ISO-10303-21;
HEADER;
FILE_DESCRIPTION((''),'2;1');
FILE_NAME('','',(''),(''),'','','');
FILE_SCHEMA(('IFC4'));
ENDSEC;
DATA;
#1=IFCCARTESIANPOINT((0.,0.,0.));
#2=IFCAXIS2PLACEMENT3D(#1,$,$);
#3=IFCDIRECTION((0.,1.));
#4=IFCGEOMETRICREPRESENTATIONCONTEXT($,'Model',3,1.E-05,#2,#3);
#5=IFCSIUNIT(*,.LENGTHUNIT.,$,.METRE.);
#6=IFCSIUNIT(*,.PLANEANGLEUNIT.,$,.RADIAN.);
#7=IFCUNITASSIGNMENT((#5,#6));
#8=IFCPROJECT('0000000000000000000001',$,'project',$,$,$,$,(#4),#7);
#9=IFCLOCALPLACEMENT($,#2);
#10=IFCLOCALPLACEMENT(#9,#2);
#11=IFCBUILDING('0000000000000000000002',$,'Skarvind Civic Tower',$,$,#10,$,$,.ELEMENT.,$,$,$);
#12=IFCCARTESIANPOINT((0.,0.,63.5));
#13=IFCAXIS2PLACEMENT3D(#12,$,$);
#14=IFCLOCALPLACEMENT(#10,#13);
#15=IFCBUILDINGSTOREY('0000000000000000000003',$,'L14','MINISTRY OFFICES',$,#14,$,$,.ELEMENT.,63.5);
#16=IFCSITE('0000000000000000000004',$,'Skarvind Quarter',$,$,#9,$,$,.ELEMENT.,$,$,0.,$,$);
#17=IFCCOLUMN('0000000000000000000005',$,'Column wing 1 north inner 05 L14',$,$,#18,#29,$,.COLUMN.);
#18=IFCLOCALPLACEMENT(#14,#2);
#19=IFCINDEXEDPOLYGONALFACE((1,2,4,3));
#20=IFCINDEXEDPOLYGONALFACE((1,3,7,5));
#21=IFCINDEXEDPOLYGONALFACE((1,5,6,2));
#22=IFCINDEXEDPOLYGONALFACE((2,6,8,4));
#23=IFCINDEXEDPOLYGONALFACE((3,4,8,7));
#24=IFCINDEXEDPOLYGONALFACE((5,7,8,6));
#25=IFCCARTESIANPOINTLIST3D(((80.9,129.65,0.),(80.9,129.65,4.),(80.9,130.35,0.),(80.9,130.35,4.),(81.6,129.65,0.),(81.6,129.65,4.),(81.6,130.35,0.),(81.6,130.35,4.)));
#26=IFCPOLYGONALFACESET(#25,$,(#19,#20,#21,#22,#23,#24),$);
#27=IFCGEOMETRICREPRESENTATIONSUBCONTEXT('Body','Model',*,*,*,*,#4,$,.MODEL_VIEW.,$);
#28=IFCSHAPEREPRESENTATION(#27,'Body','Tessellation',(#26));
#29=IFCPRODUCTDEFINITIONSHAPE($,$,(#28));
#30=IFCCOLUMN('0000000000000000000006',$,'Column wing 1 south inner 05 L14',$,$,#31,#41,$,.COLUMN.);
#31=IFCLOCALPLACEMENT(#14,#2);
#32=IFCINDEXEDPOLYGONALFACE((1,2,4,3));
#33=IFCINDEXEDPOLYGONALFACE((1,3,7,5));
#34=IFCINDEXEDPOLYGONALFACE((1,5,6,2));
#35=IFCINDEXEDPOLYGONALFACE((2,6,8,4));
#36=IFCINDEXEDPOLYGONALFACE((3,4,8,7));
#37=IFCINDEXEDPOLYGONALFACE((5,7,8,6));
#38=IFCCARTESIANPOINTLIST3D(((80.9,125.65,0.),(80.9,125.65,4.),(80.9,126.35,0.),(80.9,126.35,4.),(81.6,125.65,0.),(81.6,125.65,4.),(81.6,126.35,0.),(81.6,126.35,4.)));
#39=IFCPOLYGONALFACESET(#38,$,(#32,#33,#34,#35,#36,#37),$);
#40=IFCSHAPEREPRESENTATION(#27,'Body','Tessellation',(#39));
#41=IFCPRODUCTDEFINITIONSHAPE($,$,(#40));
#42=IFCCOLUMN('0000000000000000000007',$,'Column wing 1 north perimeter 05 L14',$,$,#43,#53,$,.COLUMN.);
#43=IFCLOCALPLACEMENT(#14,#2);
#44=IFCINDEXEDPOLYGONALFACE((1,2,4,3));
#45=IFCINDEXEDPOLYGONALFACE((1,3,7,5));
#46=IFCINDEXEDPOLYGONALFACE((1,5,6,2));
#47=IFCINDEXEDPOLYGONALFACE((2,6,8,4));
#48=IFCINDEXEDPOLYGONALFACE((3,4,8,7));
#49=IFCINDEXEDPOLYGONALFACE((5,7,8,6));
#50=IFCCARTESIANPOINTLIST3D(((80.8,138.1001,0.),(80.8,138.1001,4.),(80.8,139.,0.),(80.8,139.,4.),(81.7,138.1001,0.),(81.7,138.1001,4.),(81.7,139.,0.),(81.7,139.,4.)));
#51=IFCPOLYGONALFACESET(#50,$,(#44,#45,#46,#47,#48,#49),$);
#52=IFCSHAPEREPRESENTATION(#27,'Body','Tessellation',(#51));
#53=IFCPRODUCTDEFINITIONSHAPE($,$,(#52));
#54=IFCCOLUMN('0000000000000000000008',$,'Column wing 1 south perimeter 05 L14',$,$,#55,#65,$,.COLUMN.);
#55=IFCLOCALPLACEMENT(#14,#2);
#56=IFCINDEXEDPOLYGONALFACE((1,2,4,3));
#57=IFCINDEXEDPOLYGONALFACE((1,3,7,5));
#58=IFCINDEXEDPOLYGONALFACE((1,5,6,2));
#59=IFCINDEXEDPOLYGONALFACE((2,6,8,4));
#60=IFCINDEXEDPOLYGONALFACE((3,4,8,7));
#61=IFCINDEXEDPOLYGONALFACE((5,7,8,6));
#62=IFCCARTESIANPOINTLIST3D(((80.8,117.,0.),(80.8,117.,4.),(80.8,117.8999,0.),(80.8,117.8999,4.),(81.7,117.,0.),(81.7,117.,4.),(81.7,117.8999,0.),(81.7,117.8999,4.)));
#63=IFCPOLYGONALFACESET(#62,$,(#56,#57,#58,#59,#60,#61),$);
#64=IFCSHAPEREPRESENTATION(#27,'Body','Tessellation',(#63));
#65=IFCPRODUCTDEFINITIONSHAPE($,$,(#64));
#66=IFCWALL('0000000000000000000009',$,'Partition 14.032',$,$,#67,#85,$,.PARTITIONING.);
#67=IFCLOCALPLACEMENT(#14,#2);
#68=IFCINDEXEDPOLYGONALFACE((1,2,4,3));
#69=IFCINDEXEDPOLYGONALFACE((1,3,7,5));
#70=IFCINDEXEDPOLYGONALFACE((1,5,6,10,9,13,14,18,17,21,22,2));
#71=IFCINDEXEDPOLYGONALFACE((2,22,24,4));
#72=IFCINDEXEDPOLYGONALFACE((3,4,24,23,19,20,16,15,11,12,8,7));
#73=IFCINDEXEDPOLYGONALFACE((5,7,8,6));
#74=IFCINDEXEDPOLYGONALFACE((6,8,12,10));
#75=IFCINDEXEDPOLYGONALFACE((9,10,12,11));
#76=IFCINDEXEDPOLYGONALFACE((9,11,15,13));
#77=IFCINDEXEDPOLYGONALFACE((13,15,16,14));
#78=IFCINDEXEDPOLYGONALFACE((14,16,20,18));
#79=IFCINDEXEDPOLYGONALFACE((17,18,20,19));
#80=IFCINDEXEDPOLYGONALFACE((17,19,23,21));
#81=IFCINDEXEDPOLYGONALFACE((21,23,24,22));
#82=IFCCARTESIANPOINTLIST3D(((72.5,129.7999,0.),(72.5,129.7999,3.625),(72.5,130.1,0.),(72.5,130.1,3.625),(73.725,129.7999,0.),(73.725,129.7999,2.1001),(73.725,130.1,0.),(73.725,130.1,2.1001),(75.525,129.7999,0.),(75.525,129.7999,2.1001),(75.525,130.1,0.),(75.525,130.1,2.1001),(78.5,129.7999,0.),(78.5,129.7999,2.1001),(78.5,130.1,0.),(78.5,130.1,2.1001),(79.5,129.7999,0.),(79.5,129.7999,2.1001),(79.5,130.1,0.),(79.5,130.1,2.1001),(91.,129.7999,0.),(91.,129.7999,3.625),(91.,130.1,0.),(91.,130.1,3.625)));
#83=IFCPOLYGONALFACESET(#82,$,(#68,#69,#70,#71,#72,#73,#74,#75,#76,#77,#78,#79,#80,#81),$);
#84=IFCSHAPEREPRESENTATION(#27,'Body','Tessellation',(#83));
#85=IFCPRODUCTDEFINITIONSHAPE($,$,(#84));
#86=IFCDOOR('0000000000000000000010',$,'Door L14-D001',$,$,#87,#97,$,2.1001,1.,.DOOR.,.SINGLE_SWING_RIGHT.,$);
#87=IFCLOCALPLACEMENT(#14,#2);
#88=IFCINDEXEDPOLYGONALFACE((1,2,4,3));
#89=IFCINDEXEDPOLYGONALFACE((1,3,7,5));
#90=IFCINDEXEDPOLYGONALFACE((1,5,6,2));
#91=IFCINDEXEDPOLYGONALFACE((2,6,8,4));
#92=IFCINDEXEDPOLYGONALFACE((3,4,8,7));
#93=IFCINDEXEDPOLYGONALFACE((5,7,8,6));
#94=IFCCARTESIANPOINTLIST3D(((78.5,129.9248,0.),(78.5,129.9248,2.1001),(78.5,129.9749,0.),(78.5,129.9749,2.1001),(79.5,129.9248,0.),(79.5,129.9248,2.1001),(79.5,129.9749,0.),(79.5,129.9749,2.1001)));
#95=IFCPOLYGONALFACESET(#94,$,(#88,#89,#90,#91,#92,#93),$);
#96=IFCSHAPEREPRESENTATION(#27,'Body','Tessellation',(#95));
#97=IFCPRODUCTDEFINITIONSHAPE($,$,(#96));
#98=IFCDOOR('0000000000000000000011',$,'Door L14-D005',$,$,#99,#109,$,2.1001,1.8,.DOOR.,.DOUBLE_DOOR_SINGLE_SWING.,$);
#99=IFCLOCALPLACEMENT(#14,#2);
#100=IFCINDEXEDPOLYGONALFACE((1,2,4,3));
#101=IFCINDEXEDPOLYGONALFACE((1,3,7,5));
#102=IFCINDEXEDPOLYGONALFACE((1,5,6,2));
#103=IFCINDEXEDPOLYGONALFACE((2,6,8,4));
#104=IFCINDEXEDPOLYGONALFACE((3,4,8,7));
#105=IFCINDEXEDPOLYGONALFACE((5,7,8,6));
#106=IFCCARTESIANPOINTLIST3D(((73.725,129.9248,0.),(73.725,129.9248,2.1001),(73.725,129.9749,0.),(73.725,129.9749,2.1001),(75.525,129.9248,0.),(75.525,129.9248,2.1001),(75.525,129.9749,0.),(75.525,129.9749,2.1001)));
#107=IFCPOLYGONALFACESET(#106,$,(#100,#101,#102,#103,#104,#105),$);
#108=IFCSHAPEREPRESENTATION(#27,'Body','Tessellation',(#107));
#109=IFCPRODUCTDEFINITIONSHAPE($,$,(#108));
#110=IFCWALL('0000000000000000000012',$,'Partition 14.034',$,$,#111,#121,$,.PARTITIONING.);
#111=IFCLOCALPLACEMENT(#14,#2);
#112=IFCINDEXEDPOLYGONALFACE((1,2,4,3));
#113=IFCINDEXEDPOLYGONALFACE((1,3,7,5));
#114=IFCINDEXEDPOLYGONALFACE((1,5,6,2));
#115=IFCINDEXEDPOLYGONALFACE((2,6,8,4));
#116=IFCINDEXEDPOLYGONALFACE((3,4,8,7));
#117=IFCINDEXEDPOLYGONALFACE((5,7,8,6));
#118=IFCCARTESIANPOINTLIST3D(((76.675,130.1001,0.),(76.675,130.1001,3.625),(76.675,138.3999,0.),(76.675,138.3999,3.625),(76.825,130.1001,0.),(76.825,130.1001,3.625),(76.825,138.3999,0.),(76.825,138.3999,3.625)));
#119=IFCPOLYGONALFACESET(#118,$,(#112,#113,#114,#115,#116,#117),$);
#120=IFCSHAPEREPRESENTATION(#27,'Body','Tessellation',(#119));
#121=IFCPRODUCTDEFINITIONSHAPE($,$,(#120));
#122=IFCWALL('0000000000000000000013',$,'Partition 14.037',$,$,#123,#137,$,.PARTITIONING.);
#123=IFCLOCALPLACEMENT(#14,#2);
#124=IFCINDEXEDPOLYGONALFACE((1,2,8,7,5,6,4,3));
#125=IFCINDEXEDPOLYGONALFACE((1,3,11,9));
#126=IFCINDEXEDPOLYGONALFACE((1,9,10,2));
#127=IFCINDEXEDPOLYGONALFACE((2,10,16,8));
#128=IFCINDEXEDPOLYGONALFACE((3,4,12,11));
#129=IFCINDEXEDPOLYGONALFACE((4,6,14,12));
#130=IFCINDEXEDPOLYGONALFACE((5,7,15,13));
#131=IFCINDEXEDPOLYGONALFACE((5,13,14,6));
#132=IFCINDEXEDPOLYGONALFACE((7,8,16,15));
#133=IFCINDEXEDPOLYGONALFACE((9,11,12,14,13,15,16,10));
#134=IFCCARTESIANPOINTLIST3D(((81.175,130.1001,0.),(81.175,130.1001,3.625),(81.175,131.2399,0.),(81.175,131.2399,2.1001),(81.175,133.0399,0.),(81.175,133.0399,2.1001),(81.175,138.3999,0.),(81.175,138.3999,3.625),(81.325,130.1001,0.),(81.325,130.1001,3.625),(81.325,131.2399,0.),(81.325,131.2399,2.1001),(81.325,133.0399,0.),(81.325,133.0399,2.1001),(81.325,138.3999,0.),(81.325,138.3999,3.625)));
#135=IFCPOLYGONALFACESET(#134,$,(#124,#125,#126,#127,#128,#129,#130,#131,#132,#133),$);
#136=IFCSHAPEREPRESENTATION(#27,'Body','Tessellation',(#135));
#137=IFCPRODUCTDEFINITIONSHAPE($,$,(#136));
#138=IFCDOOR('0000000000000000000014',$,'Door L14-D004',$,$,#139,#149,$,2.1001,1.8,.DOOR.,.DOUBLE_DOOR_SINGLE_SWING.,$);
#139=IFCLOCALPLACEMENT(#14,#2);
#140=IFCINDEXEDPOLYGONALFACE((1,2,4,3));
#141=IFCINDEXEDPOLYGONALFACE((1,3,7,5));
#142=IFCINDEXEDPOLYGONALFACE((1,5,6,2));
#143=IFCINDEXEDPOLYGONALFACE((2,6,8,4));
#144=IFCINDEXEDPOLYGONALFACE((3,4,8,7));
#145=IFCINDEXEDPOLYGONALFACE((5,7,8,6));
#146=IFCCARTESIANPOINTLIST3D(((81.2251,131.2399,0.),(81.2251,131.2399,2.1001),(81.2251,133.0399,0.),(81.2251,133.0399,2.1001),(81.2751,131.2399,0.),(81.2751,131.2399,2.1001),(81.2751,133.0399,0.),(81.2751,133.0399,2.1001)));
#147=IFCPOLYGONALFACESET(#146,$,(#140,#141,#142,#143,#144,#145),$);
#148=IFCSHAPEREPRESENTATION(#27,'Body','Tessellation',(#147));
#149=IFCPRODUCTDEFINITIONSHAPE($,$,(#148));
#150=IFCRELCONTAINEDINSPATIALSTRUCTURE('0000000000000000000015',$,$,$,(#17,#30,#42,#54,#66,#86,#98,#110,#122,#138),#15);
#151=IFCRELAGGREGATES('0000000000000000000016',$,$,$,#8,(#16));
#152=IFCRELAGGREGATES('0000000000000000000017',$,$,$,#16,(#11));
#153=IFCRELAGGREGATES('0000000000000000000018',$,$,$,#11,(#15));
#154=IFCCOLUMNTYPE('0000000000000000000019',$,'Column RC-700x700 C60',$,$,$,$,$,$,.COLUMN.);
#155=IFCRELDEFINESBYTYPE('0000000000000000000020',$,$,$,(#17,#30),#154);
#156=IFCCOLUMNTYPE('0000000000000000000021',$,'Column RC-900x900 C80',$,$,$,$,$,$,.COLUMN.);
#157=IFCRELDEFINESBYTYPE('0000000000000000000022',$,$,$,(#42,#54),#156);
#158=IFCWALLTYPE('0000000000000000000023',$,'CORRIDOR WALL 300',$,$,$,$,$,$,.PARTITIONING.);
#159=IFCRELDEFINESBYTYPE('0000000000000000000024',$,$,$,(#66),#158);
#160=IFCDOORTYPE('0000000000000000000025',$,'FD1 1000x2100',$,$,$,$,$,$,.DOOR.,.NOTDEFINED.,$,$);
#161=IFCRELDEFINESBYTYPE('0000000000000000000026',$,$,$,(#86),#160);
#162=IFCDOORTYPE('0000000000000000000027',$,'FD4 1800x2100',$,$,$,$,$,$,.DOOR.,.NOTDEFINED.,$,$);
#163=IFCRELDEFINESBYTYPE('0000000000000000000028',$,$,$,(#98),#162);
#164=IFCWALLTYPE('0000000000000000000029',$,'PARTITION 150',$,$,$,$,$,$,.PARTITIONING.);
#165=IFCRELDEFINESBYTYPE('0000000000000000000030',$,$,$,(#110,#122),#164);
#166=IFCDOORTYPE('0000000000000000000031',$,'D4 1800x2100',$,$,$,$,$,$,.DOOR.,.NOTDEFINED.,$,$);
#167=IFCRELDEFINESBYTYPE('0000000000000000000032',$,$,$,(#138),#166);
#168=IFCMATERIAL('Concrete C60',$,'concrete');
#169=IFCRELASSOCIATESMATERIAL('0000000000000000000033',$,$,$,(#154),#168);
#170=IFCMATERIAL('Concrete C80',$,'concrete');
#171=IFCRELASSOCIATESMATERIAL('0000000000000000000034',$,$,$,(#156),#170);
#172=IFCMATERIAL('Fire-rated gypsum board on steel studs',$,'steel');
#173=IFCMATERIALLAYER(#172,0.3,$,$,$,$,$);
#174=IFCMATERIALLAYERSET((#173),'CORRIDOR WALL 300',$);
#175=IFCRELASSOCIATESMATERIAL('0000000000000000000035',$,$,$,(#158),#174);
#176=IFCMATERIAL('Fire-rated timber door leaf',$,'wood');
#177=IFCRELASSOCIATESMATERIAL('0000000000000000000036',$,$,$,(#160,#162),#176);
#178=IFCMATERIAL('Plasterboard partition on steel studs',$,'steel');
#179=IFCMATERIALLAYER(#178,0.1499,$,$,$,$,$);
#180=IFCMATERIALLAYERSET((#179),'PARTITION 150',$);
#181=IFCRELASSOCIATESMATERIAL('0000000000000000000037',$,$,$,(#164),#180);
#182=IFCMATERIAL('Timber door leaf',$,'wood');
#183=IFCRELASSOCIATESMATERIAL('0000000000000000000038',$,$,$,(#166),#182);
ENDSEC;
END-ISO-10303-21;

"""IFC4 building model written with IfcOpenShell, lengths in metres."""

from ifc_helpers import new_model, si_unit, direction, frame, frame_2d, origin, origin_2d, place, context, subcontext, project, spatial, rectangle, extrude, material, layer, layer_set, material_profile, profile_set, type_object, element, fill, save


model = new_model("IFC4")

# Units and contexts
model_context = context("Model", 3, precision=1e-05, world=origin(), true_north=direction((0.0, 1.0)))
body_context = subcontext(model_context, "Body", "Model", "MODEL_VIEW")
ifc_project = project(units=[si_unit("LENGTHUNIT", "METRE"), si_unit("PLANEANGLEUNIT", "RADIAN")], contexts=[model_context])

# Site, building, storey
site_placement = place(None, origin())
site = spatial("IfcSite", under=ifc_project, at=site_placement, Name="Skarvind Quarter", CompositionType="ELEMENT", RefElevation=0.0)
building_placement = place(site_placement, origin())
building = spatial("IfcBuilding", under=site, at=building_placement, Name="Skarvind Civic Tower", CompositionType="ELEMENT")
storey_placement = place(building_placement, frame((0.0, 0.0, 63.5)))
storey = spatial("IfcBuildingStorey", under=building, at=storey_placement, Name="L14", Description="MINISTRY OFFICES", CompositionType="ELEMENT", Elevation=63.5)

# Columns
ifc_material_1 = material(Name="Concrete C60", Category="concrete")
ifc_material_profile_1 = material_profile(ifc_material_1, rectangle(XDim=0.7, YDim=0.7, at=origin_2d()), Name="RC-700x700")
ifc_profile_set_1 = profile_set([ifc_material_profile_1], Name="Concrete C60")
column_type_1 = type_object("IfcColumnType", Name="Column RC-700x700 C60", PredefinedType="COLUMN", material=ifc_profile_set_1)
for number, where, z_axis, x_axis, name in (
    (1, (81.25, 130.0, 0.0), (0.0, 0.0, 1.0), (1.0, 0.0, 0.0), "Column wing 1 north inner 05 L14"),
    (2, (81.25, 126.0, 0.0), (0.0, 0.0, 1.0), (1.0, 0.0, 0.0), "Column wing 1 south inner 05 L14"),
):
    element("IfcColumn", number, at=place(storey_placement, frame(where, z_axis=z_axis, x_axis=x_axis)), inside=storey, type_object=column_type_1, Name=name, PredefinedType="COLUMN", context=body_context, shape_type="SweptSolid", body=[
        extrude(rectangle(XDim=0.7, YDim=0.7, at=origin_2d()), origin(), (0.0, 0.0, 1.0), 4.0),
    ])
ifc_material_2 = material(Name="Concrete C80", Category="concrete")
ifc_material_profile_2 = material_profile(ifc_material_2, rectangle(XDim=0.8999, YDim=0.8999, at=origin_2d()), Name="RC-900x900")
ifc_profile_set_2 = profile_set([ifc_material_profile_2], Name="Concrete C80")
column_type_2 = type_object("IfcColumnType", Name="Column RC-900x900 C80", PredefinedType="COLUMN", material=ifc_profile_set_2)
for number, where, z_axis, x_axis, name in (
    (3, (81.25, 138.55, 0.0), (0.0, 0.0, 1.0), (1.0, 0.0, 0.0), "Column wing 1 north perimeter 05 L14"),
    (4, (81.25, 117.45, 0.0), (0.0, 0.0, 1.0), (1.0, 0.0, 0.0), "Column wing 1 south perimeter 05 L14"),
):
    element("IfcColumn", number, at=place(storey_placement, frame(where, z_axis=z_axis, x_axis=x_axis)), inside=storey, type_object=column_type_2, Name=name, PredefinedType="COLUMN", context=body_context, shape_type="SweptSolid", body=[
        extrude(rectangle(XDim=0.8999, YDim=0.8999, at=origin_2d()), origin(), (0.0, 0.0, 1.0), 4.0),
    ])

# Wall, openings, doors
ifc_material_3 = material(Name="Fire-rated gypsum board on steel studs", Category="steel")
ifc_layer_1 = layer(ifc_material_3, 0.3)
ifc_layer_set_1 = layer_set([ifc_layer_1], Name="CORRIDOR WALL 300")
wall_type_1 = type_object("IfcWallType", Name="CORRIDOR WALL 300", PredefinedType="PARTITIONING", material=ifc_layer_set_1)
wall_1_placement = place(storey_placement, frame((72.5, 129.95, 0.0), z_axis=(0.0, 0.0, 1.0), x_axis=(1.0, 0.0, 0.0)))
wall_1 = element("IfcWall", 5, at=wall_1_placement, inside=storey, type_object=wall_type_1, Name="Partition 14.032", PredefinedType="PARTITIONING", context=body_context, shape_type="SweptSolid", body=[
    extrude(rectangle(XDim=18.5, YDim=0.3, at=frame_2d((9.25, 0.0))), origin(), (0.0, 0.0, 1.0), 3.625),
])
opening_1_placement = place(wall_1_placement, frame((6.0, 0.0, 0.0)))
opening_1 = element("IfcOpeningElement", 6, at=opening_1_placement, cuts=wall_1, PredefinedType="OPENING", context=body_context, shape_type="SweptSolid", body=[
    extrude(rectangle(XDim=1.0, YDim=2.1001, at=frame_2d((0.5, 1.05))), frame((0.0, 0.1599, 0.0), z_axis=(0.0, -1.0, 0.0), x_axis=(1.0, 0.0, 0.0)), (0.0, 0.0, 1.0), 0.3201),
])
opening_2_placement = place(wall_1_placement, frame((1.2251, 0.0, 0.0)))
opening_2 = element("IfcOpeningElement", 7, at=opening_2_placement, cuts=wall_1, PredefinedType="OPENING", context=body_context, shape_type="SweptSolid", body=[
    extrude(rectangle(XDim=1.8, YDim=2.1001, at=frame_2d((0.8999, 1.05))), frame((0.0, 0.1599, 0.0), z_axis=(0.0, -1.0, 0.0), x_axis=(1.0, 0.0, 0.0)), (0.0, 0.0, 1.0), 0.3201),
])
ifc_material_4 = material(Name="Fire-rated timber door leaf", Category="wood")
door_type_1 = type_object("IfcDoorType", Name="FD1 1000x2100", OperationType="NOTDEFINED", PredefinedType="DOOR", material=ifc_material_4)
door_1_placement = place(opening_1_placement, origin())
door_1 = element("IfcDoor", 8, at=door_1_placement, inside=storey, type_object=door_type_1, Name="Door L14-D001", OperationType="SINGLE_SWING_RIGHT", OverallHeight=2.1001, OverallWidth=1.0, PredefinedType="DOOR", context=body_context, shape_type="SweptSolid", body=[
    extrude(rectangle(XDim=1.0, YDim=2.1001, at=frame_2d((0.5, 1.05))), frame((0.0, 0.0249, 0.0), z_axis=(0.0, -1.0, 0.0), x_axis=(1.0, 0.0, 0.0)), (0.0, 0.0, 1.0), 0.05),
])
fill(opening_1, door_1)
door_type_2 = type_object("IfcDoorType", Name="FD4 1800x2100", OperationType="NOTDEFINED", PredefinedType="DOOR", material=ifc_material_4)
door_2_placement = place(opening_2_placement, origin())
door_2 = element("IfcDoor", 9, at=door_2_placement, inside=storey, type_object=door_type_2, Name="Door L14-D005", OperationType="DOUBLE_DOOR_SINGLE_SWING", OverallHeight=2.1001, OverallWidth=1.8, PredefinedType="DOOR", context=body_context, shape_type="SweptSolid", body=[
    extrude(rectangle(XDim=1.8, YDim=2.1001, at=frame_2d((0.8999, 1.05))), frame((0.0, 0.0249, 0.0), z_axis=(0.0, -1.0, 0.0), x_axis=(1.0, 0.0, 0.0)), (0.0, 0.0, 1.0), 0.05),
])
fill(opening_2, door_2)

# Wall
ifc_material_5 = material(Name="Plasterboard partition on steel studs", Category="steel")
ifc_layer_2 = layer(ifc_material_5, 0.1499)
ifc_layer_set_2 = layer_set([ifc_layer_2], Name="PARTITION 150")
wall_type_2 = type_object("IfcWallType", Name="PARTITION 150", PredefinedType="PARTITIONING", material=ifc_layer_set_2)
wall_2_placement = place(storey_placement, frame((76.75, 130.1001, 0.0), z_axis=(0.0, 0.0, 1.0), x_axis=(0.0, 1.0, 0.0)))
element("IfcWall", 10, at=wall_2_placement, inside=storey, type_object=wall_type_2, Name="Partition 14.034", PredefinedType="PARTITIONING", context=body_context, shape_type="SweptSolid", body=[
    extrude(rectangle(XDim=8.2998, YDim=0.1499, at=frame_2d((4.1499, 0.0))), origin(), (0.0, 0.0, 1.0), 3.625),
])

# Wall, opening, door
wall_3_placement = place(storey_placement, frame((81.25, 130.1001, 0.0), z_axis=(0.0, 0.0, 1.0), x_axis=(0.0, 1.0, 0.0)))
wall_3 = element("IfcWall", 11, at=wall_3_placement, inside=storey, type_object=wall_type_2, Name="Partition 14.037", PredefinedType="PARTITIONING", context=body_context, shape_type="SweptSolid", body=[
    extrude(rectangle(XDim=8.2998, YDim=0.1499, at=frame_2d((4.1499, 0.0))), origin(), (0.0, 0.0, 1.0), 3.625),
])
opening_3_placement = place(wall_3_placement, frame((1.1399, 0.0, 0.0)))
opening_3 = element("IfcOpeningElement", 12, at=opening_3_placement, cuts=wall_3, PredefinedType="OPENING", context=body_context, shape_type="SweptSolid", body=[
    extrude(rectangle(XDim=1.8, YDim=2.1001, at=frame_2d((0.8999, 1.05))), frame((0.0, 0.085, 0.0), z_axis=(0.0, -1.0, 0.0), x_axis=(1.0, 0.0, 0.0)), (0.0, 0.0, 1.0), 0.1699),
])
ifc_material_6 = material(Name="Timber door leaf", Category="wood")
door_type_3 = type_object("IfcDoorType", Name="D4 1800x2100", OperationType="NOTDEFINED", PredefinedType="DOOR", material=ifc_material_6)
door_3_placement = place(opening_3_placement, origin())
door_3 = element("IfcDoor", 13, at=door_3_placement, inside=storey, type_object=door_type_3, Name="Door L14-D004", OperationType="DOUBLE_DOOR_SINGLE_SWING", OverallHeight=2.1001, OverallWidth=1.8, PredefinedType="DOOR", context=body_context, shape_type="SweptSolid", body=[
    extrude(rectangle(XDim=1.8, YDim=2.1001, at=frame_2d((0.8999, 1.05))), frame((0.0, 0.0249, 0.0), z_axis=(0.0, -1.0, 0.0), x_axis=(1.0, 0.0, 0.0)), (0.0, 0.0, 1.0), 0.05),
])
fill(opening_3, door_3)

save(model, "model.ifc")
